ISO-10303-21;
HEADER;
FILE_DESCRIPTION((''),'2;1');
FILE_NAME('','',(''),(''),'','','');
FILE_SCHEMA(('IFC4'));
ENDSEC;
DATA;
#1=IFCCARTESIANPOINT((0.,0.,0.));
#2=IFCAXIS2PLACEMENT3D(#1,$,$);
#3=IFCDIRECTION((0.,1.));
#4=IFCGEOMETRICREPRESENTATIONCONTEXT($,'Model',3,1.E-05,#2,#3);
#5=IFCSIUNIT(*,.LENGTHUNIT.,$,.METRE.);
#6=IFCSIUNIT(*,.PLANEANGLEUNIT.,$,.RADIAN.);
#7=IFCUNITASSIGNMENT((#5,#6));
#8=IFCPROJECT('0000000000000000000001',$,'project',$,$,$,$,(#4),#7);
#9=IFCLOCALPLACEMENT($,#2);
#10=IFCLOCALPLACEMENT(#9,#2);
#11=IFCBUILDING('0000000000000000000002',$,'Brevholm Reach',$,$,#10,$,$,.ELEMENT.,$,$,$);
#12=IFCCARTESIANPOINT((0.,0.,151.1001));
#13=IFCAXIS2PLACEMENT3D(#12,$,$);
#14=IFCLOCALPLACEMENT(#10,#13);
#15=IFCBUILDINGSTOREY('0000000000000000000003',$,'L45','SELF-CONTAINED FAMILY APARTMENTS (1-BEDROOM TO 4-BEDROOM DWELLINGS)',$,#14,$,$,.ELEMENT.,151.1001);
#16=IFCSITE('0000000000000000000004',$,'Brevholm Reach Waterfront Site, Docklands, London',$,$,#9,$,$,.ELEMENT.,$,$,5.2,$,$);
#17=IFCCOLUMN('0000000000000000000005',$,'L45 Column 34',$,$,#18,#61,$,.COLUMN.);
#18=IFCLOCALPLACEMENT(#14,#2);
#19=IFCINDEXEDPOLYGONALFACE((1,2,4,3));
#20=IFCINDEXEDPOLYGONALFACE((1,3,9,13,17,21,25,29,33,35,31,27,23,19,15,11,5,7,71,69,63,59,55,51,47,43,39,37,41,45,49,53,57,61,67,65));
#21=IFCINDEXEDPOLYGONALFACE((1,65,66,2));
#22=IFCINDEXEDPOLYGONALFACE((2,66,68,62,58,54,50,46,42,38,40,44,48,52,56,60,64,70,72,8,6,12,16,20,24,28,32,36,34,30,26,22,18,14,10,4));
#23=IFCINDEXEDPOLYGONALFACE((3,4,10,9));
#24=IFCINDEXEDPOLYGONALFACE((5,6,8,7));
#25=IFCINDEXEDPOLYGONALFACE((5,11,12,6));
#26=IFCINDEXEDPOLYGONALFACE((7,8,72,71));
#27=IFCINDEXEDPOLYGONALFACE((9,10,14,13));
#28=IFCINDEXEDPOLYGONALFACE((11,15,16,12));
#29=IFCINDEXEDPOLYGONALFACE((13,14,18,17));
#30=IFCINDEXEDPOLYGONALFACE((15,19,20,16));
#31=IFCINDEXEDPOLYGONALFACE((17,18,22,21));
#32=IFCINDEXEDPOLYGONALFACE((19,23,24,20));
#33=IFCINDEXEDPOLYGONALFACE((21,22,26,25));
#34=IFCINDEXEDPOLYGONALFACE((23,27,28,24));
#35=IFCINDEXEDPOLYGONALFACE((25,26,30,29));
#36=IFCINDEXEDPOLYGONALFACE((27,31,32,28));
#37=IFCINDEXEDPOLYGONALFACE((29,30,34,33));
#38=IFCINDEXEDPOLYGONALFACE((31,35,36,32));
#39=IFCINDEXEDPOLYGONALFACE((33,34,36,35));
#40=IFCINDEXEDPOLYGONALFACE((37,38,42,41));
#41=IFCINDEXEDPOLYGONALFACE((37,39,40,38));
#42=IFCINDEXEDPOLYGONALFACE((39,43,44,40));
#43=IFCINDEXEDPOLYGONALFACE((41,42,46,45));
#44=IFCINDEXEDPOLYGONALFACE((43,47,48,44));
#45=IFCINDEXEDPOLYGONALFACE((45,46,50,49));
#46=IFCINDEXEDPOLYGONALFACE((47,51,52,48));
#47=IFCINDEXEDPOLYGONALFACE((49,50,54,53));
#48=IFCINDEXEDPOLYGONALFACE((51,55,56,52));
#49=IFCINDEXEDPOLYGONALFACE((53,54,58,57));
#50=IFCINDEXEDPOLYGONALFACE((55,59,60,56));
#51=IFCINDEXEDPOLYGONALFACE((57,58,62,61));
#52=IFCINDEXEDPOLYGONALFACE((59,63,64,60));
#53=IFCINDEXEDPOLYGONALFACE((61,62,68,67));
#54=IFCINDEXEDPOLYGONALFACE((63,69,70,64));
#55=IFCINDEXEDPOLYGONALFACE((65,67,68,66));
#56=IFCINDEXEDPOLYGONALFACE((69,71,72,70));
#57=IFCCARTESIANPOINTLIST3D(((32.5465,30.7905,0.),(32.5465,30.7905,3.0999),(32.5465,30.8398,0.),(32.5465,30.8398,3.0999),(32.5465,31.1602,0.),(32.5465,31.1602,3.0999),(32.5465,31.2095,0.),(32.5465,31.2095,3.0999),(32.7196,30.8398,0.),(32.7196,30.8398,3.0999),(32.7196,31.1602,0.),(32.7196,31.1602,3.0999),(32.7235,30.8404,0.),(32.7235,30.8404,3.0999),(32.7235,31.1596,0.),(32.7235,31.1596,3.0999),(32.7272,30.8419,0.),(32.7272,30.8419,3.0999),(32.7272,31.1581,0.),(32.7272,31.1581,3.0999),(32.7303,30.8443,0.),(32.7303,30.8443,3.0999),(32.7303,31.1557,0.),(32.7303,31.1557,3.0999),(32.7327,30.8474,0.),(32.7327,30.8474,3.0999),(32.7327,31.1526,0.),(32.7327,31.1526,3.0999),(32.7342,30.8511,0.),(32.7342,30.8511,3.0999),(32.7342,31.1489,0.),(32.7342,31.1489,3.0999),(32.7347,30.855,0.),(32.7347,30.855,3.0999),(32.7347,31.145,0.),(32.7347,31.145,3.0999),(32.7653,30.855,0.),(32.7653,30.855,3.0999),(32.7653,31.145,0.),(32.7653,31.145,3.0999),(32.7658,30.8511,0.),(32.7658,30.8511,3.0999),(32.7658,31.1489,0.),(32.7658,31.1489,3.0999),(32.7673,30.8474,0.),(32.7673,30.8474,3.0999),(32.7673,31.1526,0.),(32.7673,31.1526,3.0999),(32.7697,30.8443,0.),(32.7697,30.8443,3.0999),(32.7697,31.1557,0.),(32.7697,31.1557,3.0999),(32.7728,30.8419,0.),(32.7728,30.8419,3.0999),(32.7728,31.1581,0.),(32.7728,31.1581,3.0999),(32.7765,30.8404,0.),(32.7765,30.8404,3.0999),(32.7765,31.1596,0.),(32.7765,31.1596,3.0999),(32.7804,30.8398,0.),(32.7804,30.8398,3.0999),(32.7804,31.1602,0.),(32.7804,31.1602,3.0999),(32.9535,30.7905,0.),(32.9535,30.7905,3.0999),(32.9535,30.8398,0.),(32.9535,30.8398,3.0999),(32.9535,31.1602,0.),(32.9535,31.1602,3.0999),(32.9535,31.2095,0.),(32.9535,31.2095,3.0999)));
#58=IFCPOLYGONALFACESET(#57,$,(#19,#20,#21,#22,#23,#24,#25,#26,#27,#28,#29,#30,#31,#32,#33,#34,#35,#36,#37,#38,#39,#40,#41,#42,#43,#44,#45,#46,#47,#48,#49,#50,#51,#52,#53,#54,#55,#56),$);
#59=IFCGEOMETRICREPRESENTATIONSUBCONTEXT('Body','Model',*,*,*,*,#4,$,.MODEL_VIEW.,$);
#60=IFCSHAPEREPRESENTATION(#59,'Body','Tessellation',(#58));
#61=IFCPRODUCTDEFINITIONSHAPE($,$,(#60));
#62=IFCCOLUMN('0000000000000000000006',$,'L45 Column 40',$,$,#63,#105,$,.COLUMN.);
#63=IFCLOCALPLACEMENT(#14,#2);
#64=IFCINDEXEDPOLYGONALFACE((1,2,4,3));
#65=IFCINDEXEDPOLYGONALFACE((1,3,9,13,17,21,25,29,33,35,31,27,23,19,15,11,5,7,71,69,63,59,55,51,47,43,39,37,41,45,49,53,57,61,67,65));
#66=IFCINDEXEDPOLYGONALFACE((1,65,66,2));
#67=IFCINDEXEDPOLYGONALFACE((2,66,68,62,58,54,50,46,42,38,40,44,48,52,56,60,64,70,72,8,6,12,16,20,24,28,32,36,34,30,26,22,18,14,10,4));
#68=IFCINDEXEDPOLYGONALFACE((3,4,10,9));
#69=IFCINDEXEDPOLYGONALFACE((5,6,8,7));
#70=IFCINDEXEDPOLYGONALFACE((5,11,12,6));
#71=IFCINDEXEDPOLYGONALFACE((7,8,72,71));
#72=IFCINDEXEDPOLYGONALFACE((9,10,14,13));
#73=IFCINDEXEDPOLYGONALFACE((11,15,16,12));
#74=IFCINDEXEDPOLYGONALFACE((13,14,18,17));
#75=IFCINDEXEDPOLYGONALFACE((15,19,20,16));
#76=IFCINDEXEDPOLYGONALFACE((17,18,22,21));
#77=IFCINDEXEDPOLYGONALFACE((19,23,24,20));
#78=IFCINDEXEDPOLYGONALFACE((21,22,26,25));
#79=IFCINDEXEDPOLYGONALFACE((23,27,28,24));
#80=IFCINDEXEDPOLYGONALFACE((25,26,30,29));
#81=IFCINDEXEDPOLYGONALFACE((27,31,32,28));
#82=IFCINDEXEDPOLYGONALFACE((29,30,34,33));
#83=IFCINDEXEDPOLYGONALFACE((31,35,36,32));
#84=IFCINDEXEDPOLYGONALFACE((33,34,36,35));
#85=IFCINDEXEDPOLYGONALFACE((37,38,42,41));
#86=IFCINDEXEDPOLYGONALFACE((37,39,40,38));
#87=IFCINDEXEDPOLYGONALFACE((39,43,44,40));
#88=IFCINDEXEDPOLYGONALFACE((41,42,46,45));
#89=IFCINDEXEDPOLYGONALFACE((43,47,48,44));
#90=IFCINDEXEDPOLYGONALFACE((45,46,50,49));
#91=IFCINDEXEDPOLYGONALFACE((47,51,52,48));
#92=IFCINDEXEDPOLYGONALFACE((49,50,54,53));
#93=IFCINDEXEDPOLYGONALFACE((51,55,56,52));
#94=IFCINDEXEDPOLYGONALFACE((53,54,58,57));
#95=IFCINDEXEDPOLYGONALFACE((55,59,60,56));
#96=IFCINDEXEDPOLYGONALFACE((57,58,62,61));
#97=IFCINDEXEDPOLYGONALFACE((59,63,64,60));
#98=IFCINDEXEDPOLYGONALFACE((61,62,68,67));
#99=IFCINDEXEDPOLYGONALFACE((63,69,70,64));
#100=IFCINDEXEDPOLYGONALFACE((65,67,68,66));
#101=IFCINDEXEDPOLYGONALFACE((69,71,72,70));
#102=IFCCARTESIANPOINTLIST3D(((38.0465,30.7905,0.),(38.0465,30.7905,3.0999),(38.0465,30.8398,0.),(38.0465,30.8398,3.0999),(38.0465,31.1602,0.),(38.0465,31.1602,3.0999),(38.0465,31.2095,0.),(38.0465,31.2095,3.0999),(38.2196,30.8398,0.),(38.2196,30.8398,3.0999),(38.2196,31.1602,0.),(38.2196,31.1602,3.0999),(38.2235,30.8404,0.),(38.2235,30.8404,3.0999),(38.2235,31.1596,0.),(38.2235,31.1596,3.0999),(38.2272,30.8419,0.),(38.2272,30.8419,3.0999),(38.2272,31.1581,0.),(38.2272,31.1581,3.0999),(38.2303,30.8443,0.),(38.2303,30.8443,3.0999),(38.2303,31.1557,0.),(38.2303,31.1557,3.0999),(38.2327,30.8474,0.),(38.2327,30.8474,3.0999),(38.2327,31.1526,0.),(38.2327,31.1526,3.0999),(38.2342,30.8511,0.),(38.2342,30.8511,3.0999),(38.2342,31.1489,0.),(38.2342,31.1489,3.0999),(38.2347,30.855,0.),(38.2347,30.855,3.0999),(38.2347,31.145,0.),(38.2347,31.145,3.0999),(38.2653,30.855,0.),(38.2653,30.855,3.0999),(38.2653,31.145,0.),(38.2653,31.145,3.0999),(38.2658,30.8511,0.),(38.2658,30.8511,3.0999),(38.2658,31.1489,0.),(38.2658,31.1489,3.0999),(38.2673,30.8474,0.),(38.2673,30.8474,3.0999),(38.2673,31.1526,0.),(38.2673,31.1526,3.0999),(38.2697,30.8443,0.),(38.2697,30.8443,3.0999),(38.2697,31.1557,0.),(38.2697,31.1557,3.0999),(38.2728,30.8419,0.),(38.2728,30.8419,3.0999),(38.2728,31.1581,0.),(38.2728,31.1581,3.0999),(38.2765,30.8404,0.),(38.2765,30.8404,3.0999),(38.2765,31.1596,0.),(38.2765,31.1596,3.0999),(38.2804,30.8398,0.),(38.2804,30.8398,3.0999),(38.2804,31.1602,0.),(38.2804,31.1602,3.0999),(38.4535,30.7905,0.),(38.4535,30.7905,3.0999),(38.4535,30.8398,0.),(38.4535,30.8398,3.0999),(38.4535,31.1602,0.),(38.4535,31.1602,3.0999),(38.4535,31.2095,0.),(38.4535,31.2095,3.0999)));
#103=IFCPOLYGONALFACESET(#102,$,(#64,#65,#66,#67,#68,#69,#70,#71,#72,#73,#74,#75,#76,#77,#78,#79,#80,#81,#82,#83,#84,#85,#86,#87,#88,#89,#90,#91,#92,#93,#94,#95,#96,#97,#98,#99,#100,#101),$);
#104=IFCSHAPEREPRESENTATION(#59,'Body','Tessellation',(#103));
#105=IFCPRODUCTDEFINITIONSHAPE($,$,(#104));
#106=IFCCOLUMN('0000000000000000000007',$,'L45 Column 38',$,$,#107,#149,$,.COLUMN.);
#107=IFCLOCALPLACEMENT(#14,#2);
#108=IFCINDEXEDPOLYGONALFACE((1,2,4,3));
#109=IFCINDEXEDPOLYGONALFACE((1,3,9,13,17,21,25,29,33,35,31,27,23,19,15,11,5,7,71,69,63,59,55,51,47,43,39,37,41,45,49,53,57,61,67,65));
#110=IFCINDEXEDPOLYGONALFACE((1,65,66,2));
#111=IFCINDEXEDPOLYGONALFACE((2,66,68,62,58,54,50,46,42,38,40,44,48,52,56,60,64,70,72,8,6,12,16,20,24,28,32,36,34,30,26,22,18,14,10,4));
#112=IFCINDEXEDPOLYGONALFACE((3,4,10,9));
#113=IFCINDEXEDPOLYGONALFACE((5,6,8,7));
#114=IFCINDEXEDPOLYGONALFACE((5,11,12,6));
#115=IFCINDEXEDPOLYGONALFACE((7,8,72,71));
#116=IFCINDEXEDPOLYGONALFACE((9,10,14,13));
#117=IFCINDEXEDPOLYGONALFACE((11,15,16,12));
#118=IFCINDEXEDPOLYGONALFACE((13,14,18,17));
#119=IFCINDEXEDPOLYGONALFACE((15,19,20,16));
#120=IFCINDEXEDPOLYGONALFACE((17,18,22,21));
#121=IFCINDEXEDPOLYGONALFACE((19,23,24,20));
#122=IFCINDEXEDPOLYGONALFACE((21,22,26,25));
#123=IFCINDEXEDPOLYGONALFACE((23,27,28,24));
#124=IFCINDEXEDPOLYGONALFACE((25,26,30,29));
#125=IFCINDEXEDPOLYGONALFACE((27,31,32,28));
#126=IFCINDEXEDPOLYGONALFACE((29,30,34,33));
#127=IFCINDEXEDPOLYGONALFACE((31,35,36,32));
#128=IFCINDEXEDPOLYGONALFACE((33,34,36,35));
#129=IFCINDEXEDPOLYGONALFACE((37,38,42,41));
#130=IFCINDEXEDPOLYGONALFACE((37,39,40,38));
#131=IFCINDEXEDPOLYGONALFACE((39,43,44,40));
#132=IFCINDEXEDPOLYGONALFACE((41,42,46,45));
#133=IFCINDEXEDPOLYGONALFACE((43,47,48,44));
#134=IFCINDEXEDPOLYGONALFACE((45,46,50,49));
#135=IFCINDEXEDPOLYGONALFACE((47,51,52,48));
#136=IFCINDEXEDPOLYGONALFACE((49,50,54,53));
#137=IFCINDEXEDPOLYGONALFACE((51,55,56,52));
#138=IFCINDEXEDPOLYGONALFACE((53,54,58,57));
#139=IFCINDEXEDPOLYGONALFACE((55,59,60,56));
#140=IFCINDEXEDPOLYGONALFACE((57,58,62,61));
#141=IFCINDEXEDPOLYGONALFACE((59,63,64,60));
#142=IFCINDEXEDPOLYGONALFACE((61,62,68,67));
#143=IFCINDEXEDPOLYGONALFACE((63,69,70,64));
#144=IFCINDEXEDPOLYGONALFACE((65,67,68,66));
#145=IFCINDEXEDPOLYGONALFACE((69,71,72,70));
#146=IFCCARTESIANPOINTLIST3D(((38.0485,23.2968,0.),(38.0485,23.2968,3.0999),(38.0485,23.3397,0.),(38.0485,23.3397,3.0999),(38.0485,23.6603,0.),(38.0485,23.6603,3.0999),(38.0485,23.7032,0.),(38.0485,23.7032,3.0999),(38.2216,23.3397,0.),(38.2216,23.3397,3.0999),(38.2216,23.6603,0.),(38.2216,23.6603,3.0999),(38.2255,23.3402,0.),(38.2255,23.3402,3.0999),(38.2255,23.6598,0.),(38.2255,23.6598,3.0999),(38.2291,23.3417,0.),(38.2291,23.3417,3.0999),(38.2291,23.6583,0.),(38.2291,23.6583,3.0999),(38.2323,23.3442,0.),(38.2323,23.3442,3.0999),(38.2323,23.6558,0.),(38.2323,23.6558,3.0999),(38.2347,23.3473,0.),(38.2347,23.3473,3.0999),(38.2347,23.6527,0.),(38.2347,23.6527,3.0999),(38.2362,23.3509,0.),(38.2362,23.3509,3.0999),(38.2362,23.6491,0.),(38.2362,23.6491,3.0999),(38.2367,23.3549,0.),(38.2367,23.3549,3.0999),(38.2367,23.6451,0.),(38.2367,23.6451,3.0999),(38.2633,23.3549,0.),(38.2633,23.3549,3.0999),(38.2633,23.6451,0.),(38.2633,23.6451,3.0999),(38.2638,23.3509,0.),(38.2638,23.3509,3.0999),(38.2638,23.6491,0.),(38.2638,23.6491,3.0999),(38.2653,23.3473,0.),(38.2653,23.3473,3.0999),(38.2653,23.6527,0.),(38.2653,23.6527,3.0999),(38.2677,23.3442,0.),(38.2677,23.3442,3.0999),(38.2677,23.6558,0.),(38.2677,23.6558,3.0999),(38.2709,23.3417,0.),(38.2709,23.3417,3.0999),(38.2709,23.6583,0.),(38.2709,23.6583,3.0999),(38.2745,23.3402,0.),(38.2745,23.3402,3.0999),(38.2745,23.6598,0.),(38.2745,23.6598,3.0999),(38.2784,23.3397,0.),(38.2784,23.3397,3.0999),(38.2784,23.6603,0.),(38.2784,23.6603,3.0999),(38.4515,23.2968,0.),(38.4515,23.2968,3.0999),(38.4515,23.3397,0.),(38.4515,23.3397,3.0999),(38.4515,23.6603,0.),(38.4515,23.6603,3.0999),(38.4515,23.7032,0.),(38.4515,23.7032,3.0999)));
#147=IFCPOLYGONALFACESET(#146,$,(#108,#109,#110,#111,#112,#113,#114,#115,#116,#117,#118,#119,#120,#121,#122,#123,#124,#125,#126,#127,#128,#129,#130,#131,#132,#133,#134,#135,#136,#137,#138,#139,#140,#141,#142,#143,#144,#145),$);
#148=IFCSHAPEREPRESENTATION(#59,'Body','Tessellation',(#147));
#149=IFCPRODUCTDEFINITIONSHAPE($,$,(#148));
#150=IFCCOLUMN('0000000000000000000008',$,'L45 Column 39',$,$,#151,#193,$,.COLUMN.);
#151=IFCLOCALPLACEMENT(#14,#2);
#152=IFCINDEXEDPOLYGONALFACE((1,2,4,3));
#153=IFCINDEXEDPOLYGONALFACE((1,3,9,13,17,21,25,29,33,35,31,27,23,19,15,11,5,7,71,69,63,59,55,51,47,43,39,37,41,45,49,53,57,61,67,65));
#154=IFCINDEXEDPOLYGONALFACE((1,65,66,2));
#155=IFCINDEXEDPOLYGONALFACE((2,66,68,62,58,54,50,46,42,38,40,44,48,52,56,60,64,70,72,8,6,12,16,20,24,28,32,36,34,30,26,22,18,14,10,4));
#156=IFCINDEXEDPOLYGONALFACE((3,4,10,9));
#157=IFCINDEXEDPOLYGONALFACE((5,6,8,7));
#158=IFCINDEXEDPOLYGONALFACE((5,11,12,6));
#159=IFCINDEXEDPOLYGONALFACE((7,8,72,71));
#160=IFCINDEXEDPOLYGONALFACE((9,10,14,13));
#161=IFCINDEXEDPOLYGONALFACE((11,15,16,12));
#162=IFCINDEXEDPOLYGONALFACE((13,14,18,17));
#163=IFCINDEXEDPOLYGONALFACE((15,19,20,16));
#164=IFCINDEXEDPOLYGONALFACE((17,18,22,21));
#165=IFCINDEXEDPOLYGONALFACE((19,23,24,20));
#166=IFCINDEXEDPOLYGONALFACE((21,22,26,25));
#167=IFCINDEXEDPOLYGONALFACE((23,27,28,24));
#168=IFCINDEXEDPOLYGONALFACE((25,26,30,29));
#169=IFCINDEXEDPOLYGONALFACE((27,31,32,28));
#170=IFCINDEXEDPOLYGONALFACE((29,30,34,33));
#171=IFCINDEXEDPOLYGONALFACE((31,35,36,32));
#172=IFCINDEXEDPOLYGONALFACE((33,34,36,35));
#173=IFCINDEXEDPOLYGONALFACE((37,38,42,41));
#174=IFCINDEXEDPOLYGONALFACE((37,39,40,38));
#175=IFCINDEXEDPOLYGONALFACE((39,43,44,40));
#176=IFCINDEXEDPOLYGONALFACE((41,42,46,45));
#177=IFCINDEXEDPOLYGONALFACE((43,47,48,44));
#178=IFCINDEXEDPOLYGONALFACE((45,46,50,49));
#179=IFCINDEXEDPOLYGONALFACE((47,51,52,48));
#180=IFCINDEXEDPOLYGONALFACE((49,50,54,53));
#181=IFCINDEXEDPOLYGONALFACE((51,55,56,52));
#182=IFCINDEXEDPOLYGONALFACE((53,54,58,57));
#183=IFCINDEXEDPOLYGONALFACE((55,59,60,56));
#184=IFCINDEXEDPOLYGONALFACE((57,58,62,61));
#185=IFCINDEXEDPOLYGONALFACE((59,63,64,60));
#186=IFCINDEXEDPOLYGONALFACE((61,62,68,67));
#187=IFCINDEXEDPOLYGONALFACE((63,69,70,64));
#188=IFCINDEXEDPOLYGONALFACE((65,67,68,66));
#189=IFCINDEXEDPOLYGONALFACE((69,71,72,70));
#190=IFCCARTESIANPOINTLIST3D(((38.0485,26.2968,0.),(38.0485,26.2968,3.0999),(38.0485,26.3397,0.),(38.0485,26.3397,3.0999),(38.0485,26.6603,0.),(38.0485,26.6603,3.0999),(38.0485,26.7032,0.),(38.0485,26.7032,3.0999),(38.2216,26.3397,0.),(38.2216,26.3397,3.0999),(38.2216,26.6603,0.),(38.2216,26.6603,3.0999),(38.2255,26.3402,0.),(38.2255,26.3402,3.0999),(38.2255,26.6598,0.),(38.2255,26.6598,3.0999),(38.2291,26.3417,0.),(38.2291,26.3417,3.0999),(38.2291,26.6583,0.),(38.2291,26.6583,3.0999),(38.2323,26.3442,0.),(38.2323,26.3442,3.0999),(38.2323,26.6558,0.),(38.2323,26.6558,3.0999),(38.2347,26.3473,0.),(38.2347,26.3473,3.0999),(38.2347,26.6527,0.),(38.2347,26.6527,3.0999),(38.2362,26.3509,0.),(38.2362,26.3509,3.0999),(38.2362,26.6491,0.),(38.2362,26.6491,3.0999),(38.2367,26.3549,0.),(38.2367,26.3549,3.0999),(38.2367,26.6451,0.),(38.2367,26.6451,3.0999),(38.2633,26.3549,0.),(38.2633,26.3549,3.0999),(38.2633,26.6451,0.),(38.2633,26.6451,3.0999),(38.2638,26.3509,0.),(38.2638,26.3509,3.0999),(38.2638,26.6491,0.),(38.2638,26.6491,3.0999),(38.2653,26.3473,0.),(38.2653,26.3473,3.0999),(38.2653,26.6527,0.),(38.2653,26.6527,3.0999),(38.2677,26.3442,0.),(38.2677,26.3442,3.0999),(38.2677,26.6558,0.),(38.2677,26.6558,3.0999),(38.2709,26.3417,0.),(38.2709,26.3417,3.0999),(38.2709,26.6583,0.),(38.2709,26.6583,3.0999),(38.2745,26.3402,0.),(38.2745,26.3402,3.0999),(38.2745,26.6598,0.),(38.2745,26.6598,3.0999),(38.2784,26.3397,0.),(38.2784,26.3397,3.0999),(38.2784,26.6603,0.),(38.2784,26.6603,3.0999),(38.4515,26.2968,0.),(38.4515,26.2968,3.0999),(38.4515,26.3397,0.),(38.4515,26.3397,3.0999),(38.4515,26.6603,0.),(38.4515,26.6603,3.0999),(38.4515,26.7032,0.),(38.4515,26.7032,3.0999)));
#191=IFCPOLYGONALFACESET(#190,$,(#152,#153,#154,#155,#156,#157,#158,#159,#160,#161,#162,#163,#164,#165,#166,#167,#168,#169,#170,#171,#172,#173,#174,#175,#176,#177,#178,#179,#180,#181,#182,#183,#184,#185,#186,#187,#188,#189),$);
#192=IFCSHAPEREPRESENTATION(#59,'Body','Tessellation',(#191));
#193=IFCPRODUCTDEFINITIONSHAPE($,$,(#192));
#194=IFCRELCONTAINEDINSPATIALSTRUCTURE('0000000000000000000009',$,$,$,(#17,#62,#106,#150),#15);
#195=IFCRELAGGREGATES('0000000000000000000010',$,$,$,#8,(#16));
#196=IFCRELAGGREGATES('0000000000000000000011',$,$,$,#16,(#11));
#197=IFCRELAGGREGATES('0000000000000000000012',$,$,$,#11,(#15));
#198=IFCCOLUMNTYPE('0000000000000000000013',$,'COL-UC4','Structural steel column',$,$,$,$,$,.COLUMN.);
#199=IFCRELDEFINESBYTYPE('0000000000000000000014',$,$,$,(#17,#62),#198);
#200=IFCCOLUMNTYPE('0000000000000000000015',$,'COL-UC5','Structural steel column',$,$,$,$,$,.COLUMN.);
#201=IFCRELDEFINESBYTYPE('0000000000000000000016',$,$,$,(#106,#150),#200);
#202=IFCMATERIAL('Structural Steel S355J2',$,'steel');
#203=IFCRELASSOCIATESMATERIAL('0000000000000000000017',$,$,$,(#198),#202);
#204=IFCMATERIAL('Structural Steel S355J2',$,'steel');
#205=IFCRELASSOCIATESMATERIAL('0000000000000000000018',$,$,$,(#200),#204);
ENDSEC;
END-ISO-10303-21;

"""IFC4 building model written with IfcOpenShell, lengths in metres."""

from ifc_helpers import new_model, si_unit, direction, frame, origin, origin_2d, place, context, subcontext, project, spatial, i_section, extrude, material, material_profile, profile_set, type_object, element, save


model = new_model("IFC4")

# Units and contexts
model_context = context("Model", 3, precision=1e-05, world=origin(), true_north=direction((0.0, 1.0)))
body_context = subcontext(model_context, "Body", "Model", "MODEL_VIEW")
ifc_project = project(units=[si_unit("LENGTHUNIT", "METRE"), si_unit("PLANEANGLEUNIT", "RADIAN")], contexts=[model_context])

# Site, building, storey
site_placement = place(None, origin())
site = spatial("IfcSite", under=ifc_project, at=site_placement, Name="Brevholm Reach Waterfront Site, Docklands, London", CompositionType="ELEMENT", RefElevation=5.2)
building_placement = place(site_placement, origin())
building = spatial("IfcBuilding", under=site, at=building_placement, Name="Brevholm Reach", CompositionType="ELEMENT")
storey_placement = place(building_placement, frame((0.0, 0.0, 151.1001)))
storey = spatial("IfcBuildingStorey", under=building, at=storey_placement, Name="L45", Description="SELF-CONTAINED FAMILY APARTMENTS (1-BEDROOM TO 4-BEDROOM DWELLINGS)", CompositionType="ELEMENT", Elevation=151.1001)

# Columns
ifc_material_1 = material(Name="Structural Steel S355J2", Category="steel")
ifc_material_profile_1 = material_profile(ifc_material_1, i_section(OverallWidth=0.407, OverallDepth=0.4189, WebThickness=0.0305, FlangeThickness=0.0493, FilletRadius=0.0151, at=origin_2d()), Name="UKC 356x406x393")
ifc_profile_set_1 = profile_set([ifc_material_profile_1], Name="Structural Steel S355J2")
column_type_1 = type_object("IfcColumnType", Name="COL-UC4", Description="Structural steel column", PredefinedType="COLUMN", material=ifc_profile_set_1)
for number, where, z_axis, x_axis, name in (
    (1, (32.75, 31.0, 0.0), (0.0, 0.0, 1.0), (1.0, 0.0, 0.0), "L45 Column 34"),
    (2, (38.25, 31.0, 0.0), (0.0, 0.0, 1.0), (1.0, 0.0, 0.0), "L45 Column 40"),
):
    element("IfcColumn", number, at=place(storey_placement, frame(where, z_axis=z_axis, x_axis=x_axis)), inside=storey, type_object=column_type_1, Name=name, PredefinedType="COLUMN", context=body_context, shape_type="SweptSolid", body=[
        extrude(i_section(OverallWidth=0.407, OverallDepth=0.4189, WebThickness=0.0305, FlangeThickness=0.0493, FilletRadius=0.0151, at=origin_2d()), origin(), (0.0, 0.0, 1.0), 3.0999),
    ])
ifc_material_2 = material(Name="Structural Steel S355J2", Category="steel")
ifc_material_profile_2 = material_profile(ifc_material_2, i_section(OverallWidth=0.4031, OverallDepth=0.4065, WebThickness=0.0266, FlangeThickness=0.043, FilletRadius=0.0151, at=origin_2d()), Name="UKC 356x406x340")
ifc_profile_set_2 = profile_set([ifc_material_profile_2], Name="Structural Steel S355J2")
column_type_2 = type_object("IfcColumnType", Name="COL-UC5", Description="Structural steel column", PredefinedType="COLUMN", material=ifc_profile_set_2)
for number, where, z_axis, x_axis, name in (
    (3, (38.25, 23.5, 0.0), (0.0, 0.0, 1.0), (1.0, 0.0, 0.0), "L45 Column 38"),
    (4, (38.25, 26.5, 0.0), (0.0, 0.0, 1.0), (1.0, 0.0, 0.0), "L45 Column 39"),
):
    element("IfcColumn", number, at=place(storey_placement, frame(where, z_axis=z_axis, x_axis=x_axis)), inside=storey, type_object=column_type_2, Name=name, PredefinedType="COLUMN", context=body_context, shape_type="SweptSolid", body=[
        extrude(i_section(OverallWidth=0.4031, OverallDepth=0.4065, WebThickness=0.0266, FlangeThickness=0.043, FilletRadius=0.0151, at=origin_2d()), origin(), (0.0, 0.0, 1.0), 3.0999),
    ])

save(model, "model.ifc")
